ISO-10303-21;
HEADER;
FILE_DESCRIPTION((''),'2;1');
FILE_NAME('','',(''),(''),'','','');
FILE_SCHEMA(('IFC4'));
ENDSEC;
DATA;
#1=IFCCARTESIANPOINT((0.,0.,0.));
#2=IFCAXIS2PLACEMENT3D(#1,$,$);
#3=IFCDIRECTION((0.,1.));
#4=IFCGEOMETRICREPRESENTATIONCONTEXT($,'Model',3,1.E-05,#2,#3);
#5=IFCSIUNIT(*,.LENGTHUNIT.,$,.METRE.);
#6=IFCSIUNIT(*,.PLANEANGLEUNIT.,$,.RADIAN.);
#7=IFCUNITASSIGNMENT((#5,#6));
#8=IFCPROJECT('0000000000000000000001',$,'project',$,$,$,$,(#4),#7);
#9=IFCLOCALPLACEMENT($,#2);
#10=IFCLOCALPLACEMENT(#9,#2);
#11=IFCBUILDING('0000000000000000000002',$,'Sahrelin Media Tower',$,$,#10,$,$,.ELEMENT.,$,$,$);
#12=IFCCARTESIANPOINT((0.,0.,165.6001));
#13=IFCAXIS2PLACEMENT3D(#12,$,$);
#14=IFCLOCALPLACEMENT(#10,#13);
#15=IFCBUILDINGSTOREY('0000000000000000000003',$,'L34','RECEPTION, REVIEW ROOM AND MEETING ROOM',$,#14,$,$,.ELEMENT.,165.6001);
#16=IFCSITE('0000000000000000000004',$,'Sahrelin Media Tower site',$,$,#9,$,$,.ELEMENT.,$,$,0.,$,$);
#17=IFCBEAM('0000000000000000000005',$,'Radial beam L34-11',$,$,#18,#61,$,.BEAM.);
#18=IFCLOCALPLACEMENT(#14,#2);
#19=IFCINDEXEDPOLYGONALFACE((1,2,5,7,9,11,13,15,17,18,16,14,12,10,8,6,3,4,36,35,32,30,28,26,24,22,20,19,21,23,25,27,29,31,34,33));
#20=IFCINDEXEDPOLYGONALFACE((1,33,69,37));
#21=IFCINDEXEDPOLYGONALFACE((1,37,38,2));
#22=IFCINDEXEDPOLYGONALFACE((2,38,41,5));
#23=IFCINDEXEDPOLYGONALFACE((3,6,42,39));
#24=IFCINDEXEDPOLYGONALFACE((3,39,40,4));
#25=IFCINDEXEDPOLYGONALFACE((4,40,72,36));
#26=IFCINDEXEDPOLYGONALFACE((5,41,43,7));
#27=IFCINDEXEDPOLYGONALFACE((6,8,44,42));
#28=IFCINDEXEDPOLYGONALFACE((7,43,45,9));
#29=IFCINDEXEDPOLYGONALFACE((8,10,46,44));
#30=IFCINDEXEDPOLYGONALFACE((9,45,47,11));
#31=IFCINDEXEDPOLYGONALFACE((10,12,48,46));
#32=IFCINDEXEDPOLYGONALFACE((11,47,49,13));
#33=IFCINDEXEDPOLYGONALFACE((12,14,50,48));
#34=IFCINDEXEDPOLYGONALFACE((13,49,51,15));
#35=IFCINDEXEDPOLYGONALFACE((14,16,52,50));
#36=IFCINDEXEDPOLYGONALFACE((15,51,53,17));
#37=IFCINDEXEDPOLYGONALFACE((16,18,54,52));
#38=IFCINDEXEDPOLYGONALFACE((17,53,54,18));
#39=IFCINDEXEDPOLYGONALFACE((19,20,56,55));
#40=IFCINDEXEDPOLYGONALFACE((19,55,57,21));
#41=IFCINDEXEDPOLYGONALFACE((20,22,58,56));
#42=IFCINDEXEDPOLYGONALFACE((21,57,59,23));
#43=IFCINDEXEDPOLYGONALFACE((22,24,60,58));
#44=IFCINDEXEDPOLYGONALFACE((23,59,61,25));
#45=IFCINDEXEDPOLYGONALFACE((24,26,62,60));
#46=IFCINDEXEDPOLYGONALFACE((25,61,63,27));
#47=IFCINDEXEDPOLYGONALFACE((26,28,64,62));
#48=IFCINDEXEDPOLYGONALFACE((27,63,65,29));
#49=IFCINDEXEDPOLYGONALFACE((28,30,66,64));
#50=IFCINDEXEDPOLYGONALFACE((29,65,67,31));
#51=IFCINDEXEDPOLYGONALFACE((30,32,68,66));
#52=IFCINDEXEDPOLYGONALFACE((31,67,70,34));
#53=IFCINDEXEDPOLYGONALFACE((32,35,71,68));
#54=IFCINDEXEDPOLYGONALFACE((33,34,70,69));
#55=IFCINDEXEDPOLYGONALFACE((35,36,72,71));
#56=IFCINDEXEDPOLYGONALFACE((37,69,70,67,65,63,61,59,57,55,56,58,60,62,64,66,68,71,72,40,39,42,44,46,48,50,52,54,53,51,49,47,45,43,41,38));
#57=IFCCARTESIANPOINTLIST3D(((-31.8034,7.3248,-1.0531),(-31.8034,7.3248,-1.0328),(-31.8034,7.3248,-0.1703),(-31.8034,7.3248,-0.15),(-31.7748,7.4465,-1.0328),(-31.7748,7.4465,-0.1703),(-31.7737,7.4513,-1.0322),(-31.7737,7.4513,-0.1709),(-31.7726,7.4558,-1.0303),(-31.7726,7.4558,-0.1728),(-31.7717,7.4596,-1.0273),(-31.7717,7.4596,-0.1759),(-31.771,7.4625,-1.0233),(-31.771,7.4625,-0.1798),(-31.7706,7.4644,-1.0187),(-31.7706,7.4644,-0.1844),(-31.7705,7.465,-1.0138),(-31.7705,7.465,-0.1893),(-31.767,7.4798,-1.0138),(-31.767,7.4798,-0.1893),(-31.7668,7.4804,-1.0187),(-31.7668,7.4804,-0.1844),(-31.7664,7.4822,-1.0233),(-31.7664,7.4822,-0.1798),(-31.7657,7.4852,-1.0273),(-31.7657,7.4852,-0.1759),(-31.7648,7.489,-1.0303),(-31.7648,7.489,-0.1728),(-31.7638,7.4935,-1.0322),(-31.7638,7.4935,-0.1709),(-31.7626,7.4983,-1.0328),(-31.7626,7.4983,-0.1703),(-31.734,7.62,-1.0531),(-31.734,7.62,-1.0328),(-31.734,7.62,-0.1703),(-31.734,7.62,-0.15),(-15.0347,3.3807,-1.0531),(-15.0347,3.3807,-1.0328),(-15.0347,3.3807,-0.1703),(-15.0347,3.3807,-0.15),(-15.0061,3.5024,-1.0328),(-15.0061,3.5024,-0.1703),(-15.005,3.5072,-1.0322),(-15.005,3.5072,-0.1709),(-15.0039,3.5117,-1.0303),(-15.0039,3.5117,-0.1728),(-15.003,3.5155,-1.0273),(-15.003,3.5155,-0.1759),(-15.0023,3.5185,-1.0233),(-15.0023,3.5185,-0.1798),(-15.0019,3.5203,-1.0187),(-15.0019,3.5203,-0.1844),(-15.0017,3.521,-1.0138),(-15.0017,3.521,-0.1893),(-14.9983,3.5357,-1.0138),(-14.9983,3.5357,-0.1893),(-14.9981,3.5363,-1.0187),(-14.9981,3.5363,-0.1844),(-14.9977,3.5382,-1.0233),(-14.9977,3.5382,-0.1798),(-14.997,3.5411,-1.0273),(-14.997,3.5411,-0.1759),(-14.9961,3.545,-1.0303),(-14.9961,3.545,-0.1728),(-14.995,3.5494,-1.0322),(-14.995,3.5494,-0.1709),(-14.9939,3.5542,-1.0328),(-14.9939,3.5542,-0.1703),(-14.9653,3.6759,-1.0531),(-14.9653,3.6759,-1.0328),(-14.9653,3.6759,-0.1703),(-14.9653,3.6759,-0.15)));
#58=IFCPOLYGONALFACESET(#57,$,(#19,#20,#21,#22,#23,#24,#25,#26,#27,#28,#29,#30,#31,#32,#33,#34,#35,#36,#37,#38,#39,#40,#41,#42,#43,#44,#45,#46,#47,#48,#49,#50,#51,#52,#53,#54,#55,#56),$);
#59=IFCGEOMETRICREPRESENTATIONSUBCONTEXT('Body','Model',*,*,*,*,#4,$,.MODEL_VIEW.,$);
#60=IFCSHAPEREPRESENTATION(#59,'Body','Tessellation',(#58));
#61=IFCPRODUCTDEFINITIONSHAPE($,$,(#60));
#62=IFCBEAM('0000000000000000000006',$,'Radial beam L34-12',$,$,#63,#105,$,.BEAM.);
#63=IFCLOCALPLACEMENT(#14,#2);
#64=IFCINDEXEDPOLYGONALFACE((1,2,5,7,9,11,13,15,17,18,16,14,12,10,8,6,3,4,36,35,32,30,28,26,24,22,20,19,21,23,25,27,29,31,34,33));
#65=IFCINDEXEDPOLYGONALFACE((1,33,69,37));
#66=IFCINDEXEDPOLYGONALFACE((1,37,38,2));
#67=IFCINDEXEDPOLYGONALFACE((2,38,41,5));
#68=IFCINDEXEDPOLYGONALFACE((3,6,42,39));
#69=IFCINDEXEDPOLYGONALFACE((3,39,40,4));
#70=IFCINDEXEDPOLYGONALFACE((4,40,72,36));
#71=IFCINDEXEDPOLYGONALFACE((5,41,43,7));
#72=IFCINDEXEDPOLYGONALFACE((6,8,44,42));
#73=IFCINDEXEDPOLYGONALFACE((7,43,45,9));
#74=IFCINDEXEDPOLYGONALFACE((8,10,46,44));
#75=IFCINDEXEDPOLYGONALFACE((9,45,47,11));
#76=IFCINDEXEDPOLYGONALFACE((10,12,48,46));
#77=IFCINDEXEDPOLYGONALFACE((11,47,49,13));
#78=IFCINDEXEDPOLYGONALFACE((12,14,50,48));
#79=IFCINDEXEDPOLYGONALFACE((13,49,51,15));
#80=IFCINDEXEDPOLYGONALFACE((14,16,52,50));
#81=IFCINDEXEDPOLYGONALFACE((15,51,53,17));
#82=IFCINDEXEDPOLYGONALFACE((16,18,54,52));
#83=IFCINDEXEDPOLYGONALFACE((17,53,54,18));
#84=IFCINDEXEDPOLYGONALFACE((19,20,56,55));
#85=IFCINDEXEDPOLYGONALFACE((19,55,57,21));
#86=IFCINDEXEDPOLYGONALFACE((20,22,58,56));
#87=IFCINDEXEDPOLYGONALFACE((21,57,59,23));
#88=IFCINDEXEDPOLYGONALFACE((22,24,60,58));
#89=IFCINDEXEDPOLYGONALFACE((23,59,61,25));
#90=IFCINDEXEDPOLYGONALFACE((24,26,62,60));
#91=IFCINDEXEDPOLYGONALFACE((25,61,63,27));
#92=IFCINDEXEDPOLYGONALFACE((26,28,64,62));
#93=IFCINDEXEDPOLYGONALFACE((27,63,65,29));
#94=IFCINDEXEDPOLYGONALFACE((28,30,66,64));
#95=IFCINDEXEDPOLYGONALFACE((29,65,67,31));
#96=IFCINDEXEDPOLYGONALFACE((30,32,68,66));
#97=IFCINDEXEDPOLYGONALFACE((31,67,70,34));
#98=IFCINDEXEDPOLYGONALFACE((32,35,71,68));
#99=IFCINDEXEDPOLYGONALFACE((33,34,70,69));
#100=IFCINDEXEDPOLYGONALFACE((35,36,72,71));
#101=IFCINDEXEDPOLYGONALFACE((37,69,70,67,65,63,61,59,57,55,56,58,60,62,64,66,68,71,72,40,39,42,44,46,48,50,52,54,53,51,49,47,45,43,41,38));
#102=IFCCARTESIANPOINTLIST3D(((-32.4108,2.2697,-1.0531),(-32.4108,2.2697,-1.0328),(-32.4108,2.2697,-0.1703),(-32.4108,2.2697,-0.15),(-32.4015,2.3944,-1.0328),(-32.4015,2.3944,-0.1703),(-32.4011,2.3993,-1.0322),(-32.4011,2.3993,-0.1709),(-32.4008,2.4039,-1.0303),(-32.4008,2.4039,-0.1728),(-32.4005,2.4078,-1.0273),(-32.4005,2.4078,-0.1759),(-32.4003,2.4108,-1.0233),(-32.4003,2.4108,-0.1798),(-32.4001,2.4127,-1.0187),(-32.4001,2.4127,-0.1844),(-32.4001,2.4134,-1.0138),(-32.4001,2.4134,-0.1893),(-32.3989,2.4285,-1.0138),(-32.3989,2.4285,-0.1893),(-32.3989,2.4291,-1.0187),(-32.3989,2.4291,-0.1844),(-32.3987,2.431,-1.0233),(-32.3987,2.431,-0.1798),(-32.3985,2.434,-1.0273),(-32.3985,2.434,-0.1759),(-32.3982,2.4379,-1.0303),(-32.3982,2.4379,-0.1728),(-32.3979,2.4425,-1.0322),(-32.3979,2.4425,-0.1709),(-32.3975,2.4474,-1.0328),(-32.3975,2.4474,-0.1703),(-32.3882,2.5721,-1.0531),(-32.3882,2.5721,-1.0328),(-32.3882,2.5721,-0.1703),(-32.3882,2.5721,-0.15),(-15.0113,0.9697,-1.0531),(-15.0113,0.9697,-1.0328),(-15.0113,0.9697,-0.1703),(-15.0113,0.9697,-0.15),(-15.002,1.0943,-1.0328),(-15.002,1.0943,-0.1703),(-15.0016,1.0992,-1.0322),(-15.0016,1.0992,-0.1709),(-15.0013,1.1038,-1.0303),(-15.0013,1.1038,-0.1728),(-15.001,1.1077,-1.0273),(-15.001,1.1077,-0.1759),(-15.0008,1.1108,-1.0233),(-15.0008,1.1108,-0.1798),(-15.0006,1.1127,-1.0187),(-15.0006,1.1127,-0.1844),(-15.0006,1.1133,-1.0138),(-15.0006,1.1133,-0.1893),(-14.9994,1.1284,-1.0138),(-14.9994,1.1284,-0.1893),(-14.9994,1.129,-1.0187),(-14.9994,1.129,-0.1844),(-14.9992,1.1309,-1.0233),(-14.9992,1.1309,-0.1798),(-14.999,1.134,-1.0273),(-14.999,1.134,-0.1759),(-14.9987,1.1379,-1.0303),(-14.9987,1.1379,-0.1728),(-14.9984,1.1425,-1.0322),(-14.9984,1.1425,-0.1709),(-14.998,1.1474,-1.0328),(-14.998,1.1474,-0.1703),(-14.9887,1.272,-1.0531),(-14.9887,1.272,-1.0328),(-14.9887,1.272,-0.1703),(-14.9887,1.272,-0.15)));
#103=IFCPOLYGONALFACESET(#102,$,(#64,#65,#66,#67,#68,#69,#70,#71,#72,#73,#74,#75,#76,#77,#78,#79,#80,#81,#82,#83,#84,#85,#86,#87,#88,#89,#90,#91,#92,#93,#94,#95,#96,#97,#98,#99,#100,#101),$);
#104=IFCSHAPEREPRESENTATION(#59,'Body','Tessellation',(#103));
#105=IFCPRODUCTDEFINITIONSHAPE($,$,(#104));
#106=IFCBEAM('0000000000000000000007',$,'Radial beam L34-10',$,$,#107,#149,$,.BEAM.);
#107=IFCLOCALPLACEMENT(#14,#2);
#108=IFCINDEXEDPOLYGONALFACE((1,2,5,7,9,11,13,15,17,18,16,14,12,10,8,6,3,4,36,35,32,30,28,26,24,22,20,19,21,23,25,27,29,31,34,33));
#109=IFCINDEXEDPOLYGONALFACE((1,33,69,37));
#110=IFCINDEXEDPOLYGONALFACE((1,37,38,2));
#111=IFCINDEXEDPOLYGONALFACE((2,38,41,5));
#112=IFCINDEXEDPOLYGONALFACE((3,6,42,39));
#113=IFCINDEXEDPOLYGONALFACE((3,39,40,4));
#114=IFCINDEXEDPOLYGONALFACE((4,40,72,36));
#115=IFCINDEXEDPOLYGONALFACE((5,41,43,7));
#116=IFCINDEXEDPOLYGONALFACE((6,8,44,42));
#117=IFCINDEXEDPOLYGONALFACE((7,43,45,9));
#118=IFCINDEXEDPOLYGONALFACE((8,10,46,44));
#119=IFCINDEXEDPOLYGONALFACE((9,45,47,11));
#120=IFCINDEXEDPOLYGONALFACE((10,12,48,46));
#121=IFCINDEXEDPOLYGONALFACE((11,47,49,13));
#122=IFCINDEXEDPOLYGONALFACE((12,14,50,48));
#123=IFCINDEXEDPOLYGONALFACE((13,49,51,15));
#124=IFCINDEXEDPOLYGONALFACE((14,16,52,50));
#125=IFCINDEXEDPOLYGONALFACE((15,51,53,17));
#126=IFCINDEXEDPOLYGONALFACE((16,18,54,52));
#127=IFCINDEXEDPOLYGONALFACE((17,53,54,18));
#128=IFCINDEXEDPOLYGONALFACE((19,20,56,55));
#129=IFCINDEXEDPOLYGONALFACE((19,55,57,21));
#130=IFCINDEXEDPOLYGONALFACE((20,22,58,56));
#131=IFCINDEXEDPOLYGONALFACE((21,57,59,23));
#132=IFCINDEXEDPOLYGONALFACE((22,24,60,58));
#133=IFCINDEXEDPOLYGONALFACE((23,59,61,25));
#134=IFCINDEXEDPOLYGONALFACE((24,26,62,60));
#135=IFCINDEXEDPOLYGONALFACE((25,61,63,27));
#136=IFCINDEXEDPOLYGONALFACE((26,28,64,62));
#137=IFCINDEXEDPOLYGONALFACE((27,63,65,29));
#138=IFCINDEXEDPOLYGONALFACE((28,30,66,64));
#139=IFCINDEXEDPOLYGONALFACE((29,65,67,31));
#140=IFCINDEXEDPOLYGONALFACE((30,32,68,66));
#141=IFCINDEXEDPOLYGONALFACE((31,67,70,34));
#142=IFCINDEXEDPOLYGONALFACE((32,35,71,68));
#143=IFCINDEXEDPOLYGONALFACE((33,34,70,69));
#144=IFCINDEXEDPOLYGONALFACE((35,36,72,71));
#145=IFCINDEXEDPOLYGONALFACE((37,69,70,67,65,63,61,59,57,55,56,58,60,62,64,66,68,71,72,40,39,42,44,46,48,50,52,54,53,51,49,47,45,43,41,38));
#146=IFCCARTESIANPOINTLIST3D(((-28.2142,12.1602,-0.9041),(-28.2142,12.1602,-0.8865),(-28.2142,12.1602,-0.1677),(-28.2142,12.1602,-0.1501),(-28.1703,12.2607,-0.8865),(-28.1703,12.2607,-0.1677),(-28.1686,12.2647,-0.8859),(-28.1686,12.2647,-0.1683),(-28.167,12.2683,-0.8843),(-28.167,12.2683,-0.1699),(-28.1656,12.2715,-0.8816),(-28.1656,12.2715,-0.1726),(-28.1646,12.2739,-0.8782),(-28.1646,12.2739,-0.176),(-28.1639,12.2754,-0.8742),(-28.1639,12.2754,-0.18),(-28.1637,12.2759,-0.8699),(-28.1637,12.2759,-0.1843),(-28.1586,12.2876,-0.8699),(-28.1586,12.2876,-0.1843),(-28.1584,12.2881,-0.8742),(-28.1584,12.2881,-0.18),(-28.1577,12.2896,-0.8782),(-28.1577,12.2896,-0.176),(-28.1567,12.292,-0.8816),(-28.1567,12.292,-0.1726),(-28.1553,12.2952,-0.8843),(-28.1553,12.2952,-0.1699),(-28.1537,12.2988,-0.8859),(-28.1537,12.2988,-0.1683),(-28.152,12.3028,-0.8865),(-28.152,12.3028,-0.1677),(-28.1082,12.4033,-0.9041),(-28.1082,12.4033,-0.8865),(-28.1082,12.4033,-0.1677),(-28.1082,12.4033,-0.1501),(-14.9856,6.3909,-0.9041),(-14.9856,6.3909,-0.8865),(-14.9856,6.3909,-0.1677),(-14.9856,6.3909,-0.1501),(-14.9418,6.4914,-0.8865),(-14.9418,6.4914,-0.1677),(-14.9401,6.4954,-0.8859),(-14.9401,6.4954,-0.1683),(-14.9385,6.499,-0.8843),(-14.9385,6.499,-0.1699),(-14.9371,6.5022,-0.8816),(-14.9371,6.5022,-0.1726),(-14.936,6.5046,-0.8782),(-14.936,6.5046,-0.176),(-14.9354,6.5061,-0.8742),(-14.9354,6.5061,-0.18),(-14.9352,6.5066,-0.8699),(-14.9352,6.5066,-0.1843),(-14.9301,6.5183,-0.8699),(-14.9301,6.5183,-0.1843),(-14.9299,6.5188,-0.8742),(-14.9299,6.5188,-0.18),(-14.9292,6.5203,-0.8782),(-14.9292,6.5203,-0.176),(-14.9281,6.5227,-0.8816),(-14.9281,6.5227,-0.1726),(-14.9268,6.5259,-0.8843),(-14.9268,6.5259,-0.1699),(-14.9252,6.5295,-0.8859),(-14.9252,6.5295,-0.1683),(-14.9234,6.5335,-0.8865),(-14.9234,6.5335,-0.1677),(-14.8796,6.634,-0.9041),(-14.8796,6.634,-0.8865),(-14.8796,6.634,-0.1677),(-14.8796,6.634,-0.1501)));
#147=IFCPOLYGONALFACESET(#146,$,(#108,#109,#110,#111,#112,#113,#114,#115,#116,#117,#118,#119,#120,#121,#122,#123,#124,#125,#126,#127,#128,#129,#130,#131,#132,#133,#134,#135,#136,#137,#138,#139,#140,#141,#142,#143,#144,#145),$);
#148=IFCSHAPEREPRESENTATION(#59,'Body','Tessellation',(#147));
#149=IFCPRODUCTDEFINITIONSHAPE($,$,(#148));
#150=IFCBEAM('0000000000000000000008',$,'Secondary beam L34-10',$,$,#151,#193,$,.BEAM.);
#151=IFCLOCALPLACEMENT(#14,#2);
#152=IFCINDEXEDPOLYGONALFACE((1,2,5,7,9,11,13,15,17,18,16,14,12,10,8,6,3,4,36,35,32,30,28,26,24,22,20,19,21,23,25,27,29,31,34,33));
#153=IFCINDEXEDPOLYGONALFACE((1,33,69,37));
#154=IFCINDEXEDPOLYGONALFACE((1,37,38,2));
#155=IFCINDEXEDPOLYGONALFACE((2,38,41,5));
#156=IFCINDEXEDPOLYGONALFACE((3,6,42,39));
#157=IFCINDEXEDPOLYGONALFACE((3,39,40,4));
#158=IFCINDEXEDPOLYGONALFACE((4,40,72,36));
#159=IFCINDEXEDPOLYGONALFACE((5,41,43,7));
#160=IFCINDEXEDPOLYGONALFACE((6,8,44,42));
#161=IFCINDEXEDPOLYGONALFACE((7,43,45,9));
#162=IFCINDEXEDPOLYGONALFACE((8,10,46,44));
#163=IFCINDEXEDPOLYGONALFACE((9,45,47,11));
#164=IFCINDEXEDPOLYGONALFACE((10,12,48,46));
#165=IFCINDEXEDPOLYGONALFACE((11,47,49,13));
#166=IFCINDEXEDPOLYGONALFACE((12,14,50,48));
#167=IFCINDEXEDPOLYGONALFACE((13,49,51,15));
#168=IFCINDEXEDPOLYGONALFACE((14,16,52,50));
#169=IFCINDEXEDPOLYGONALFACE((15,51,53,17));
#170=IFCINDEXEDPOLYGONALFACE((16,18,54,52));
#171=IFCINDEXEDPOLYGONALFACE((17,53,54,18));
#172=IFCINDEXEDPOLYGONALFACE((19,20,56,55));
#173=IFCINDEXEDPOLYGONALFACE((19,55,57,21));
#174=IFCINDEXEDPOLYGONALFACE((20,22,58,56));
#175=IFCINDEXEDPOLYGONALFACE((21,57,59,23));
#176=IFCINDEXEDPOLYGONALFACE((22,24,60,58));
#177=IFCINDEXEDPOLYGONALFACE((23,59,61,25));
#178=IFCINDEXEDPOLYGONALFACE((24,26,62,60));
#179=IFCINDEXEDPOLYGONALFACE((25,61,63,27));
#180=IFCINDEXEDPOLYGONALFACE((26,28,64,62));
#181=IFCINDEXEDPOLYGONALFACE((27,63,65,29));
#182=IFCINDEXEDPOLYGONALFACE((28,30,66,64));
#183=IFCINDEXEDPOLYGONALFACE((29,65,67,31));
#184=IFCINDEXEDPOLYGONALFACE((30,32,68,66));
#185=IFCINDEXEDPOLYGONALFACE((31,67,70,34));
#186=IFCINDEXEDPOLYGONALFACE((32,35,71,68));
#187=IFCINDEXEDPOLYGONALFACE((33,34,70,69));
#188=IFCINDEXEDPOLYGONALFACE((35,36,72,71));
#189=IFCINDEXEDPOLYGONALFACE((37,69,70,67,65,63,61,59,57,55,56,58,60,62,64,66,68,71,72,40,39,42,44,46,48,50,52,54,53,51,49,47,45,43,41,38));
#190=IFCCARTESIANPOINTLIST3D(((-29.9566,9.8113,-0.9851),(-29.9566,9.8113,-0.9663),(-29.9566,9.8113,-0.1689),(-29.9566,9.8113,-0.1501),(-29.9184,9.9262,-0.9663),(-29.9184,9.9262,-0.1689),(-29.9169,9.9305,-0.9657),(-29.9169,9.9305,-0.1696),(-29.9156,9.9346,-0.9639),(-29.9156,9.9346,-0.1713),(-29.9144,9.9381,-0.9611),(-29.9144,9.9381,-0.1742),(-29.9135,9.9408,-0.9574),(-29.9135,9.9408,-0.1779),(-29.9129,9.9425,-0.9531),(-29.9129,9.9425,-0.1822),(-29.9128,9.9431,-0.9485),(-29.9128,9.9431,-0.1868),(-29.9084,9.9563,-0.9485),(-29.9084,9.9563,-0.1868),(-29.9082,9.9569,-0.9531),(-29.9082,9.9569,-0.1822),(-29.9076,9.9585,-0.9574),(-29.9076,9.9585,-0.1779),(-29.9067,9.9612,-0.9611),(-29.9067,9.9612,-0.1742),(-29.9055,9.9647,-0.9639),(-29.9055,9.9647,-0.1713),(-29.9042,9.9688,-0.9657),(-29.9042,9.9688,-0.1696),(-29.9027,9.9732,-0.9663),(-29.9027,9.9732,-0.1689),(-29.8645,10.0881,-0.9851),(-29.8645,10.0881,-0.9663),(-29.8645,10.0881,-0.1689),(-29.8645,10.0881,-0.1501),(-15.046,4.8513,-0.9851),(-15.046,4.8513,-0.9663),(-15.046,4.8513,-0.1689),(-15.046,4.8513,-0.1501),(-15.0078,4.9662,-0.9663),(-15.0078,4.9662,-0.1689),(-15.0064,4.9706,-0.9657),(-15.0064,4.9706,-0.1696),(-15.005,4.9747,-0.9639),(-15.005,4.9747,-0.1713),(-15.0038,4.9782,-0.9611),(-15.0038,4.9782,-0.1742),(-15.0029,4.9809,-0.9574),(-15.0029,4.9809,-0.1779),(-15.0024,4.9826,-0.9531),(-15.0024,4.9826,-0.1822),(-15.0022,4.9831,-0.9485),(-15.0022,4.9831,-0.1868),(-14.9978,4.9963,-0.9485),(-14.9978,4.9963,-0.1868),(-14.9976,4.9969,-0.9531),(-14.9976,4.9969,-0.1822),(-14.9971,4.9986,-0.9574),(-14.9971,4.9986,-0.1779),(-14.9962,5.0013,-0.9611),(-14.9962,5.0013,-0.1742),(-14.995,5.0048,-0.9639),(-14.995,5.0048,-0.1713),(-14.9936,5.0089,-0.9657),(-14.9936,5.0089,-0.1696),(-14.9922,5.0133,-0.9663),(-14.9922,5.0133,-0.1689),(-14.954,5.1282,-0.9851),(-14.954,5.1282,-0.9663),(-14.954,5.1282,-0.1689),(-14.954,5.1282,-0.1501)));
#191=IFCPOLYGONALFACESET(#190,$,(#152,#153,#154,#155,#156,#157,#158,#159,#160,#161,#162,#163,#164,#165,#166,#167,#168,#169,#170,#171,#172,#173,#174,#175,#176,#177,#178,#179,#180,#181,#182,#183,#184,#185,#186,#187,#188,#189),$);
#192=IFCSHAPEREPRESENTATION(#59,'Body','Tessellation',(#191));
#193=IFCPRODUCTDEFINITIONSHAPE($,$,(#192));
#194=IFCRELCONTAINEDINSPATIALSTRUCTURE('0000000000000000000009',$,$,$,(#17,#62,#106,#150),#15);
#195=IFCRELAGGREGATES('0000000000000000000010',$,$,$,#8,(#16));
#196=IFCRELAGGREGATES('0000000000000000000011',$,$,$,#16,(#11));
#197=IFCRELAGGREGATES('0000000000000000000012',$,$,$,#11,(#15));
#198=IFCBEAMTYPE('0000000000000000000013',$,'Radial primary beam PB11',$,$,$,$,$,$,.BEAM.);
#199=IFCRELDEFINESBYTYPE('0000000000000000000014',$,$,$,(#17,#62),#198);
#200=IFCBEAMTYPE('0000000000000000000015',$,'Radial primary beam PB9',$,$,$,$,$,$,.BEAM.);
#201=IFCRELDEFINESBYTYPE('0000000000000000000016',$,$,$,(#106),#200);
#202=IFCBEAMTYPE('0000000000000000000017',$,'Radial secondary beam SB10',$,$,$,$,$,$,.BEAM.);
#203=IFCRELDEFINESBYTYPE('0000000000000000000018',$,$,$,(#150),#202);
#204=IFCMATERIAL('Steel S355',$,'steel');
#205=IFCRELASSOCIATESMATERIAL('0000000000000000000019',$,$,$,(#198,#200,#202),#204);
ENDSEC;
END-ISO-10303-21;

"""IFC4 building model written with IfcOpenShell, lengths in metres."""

from ifc_helpers import new_model, si_unit, direction, frame, origin, origin_2d, place, context, subcontext, project, spatial, i_section, extrude, material, material_profile, profile_set, type_object, element, save


model = new_model("IFC4")

# Units and contexts
model_context = context("Model", 3, precision=1e-05, world=origin(), true_north=direction((0.0, 1.0)))
body_context = subcontext(model_context, "Body", "Model", "MODEL_VIEW")
ifc_project = project(units=[si_unit("LENGTHUNIT", "METRE"), si_unit("PLANEANGLEUNIT", "RADIAN")], contexts=[model_context])

# Site, building, storey
site_placement = place(None, origin())
site = spatial("IfcSite", under=ifc_project, at=site_placement, Name="Sahrelin Media Tower site", CompositionType="ELEMENT", RefElevation=0.0)
building_placement = place(site_placement, origin())
building = spatial("IfcBuilding", under=site, at=building_placement, Name="Sahrelin Media Tower", CompositionType="ELEMENT")
storey_placement = place(building_placement, frame((0.0, 0.0, 165.6001)))
storey = spatial("IfcBuildingStorey", under=building, at=storey_placement, Name="L34", Description="RECEPTION, REVIEW ROOM AND MEETING ROOM", CompositionType="ELEMENT", Elevation=165.6001)

# Beams
ifc_material_1 = material(Name="Steel S355", Category="steel")
ifc_material_profile_1 = material_profile(ifc_material_1, i_section(OverallWidth=0.3032, OverallDepth=0.9031, WebThickness=0.0151, FlangeThickness=0.0203, FilletRadius=0.019, at=origin_2d()), Name="UB 914x305x201")
ifc_profile_set_1 = profile_set([ifc_material_profile_1], Name="Steel S355")
beam_type_1 = type_object("IfcBeamType", Name="Radial primary beam PB11", PredefinedType="BEAM", material=ifc_profile_set_1)
beam_1_placement = place(storey_placement, frame((-15.0, 3.5283, -0.6016), z_axis=(-0.973437, 0.228956, 0.0), x_axis=(-0.228956, -0.973437, 0.0)))
element("IfcBeam", 1, at=beam_1_placement, inside=storey, type_object=beam_type_1, Name="Radial beam L34-11", PredefinedType="BEAM", context=body_context, shape_type="SweptSolid", body=[
    extrude(i_section(OverallWidth=0.3032, OverallDepth=0.9031, WebThickness=0.0151, FlangeThickness=0.0203, FilletRadius=0.019, at=origin_2d()), origin(), (0.0, 0.0, 1.0), 17.2263),
])
beam_2_placement = place(storey_placement, frame((-15.0, 1.1208, -0.6016), z_axis=(-0.99722, 0.07451, 0.0), x_axis=(-0.07451, -0.99722, 0.0)))
element("IfcBeam", 2, at=beam_2_placement, inside=storey, type_object=beam_type_1, Name="Radial beam L34-12", PredefinedType="BEAM", context=body_context, shape_type="SweptSolid", body=[
    extrude(i_section(OverallWidth=0.3032, OverallDepth=0.9031, WebThickness=0.0151, FlangeThickness=0.0203, FilletRadius=0.019, at=origin_2d()), origin(), (0.0, 0.0, 1.0), 17.448),
])
ifc_material_profile_2 = material_profile(ifc_material_1, i_section(OverallWidth=0.2651, OverallDepth=0.7539, WebThickness=0.0127, FlangeThickness=0.0176, FilletRadius=0.0166, at=origin_2d()), Name="UB 762x267x147")
ifc_profile_set_2 = profile_set([ifc_material_profile_2], Name="Steel S355")
beam_type_2 = type_object("IfcBeamType", Name="Radial primary beam PB9", PredefinedType="BEAM", material=ifc_profile_set_2)
beam_3_placement = place(storey_placement, frame((-14.9326, 6.5125, -0.5271), z_axis=(-0.91662, 0.399761, 0.0), x_axis=(-0.399761, -0.91662, 0.0)))
element("IfcBeam", 3, at=beam_3_placement, inside=storey, type_object=beam_type_2, Name="Radial beam L34-10", PredefinedType="BEAM", context=body_context, shape_type="SweptSolid", body=[
    extrude(i_section(OverallWidth=0.2651, OverallDepth=0.7539, WebThickness=0.0127, FlangeThickness=0.0176, FilletRadius=0.0166, at=origin_2d()), origin(), (0.0, 0.0, 1.0), 14.4319),
])
ifc_material_profile_3 = material_profile(ifc_material_1, i_section(OverallWidth=0.2917, OverallDepth=0.835, WebThickness=0.0139, FlangeThickness=0.0188, FilletRadius=0.0178, at=origin_2d()), Name="UB 838x292x176")
ifc_profile_set_3 = profile_set([ifc_material_profile_3], Name="Steel S355")
beam_type_3 = type_object("IfcBeamType", Name="Radial secondary beam SB10", PredefinedType="BEAM", material=ifc_profile_set_3)
beam_4_placement = place(storey_placement, frame((-15.0, 4.9897, -0.5676), z_axis=(-0.948879, 0.31564, 0.0), x_axis=(-0.31564, -0.948879, 0.0)))
element("IfcBeam", 4, at=beam_4_placement, inside=storey, type_object=beam_type_3, Name="Secondary beam L34-10", PredefinedType="BEAM", context=body_context, shape_type="SweptSolid", body=[
    extrude(i_section(OverallWidth=0.2917, OverallDepth=0.835, WebThickness=0.0139, FlangeThickness=0.0188, FilletRadius=0.0178, at=origin_2d()), origin(), (0.0, 0.0, 1.0), 15.7139),
])

save(model, "model.ifc")
